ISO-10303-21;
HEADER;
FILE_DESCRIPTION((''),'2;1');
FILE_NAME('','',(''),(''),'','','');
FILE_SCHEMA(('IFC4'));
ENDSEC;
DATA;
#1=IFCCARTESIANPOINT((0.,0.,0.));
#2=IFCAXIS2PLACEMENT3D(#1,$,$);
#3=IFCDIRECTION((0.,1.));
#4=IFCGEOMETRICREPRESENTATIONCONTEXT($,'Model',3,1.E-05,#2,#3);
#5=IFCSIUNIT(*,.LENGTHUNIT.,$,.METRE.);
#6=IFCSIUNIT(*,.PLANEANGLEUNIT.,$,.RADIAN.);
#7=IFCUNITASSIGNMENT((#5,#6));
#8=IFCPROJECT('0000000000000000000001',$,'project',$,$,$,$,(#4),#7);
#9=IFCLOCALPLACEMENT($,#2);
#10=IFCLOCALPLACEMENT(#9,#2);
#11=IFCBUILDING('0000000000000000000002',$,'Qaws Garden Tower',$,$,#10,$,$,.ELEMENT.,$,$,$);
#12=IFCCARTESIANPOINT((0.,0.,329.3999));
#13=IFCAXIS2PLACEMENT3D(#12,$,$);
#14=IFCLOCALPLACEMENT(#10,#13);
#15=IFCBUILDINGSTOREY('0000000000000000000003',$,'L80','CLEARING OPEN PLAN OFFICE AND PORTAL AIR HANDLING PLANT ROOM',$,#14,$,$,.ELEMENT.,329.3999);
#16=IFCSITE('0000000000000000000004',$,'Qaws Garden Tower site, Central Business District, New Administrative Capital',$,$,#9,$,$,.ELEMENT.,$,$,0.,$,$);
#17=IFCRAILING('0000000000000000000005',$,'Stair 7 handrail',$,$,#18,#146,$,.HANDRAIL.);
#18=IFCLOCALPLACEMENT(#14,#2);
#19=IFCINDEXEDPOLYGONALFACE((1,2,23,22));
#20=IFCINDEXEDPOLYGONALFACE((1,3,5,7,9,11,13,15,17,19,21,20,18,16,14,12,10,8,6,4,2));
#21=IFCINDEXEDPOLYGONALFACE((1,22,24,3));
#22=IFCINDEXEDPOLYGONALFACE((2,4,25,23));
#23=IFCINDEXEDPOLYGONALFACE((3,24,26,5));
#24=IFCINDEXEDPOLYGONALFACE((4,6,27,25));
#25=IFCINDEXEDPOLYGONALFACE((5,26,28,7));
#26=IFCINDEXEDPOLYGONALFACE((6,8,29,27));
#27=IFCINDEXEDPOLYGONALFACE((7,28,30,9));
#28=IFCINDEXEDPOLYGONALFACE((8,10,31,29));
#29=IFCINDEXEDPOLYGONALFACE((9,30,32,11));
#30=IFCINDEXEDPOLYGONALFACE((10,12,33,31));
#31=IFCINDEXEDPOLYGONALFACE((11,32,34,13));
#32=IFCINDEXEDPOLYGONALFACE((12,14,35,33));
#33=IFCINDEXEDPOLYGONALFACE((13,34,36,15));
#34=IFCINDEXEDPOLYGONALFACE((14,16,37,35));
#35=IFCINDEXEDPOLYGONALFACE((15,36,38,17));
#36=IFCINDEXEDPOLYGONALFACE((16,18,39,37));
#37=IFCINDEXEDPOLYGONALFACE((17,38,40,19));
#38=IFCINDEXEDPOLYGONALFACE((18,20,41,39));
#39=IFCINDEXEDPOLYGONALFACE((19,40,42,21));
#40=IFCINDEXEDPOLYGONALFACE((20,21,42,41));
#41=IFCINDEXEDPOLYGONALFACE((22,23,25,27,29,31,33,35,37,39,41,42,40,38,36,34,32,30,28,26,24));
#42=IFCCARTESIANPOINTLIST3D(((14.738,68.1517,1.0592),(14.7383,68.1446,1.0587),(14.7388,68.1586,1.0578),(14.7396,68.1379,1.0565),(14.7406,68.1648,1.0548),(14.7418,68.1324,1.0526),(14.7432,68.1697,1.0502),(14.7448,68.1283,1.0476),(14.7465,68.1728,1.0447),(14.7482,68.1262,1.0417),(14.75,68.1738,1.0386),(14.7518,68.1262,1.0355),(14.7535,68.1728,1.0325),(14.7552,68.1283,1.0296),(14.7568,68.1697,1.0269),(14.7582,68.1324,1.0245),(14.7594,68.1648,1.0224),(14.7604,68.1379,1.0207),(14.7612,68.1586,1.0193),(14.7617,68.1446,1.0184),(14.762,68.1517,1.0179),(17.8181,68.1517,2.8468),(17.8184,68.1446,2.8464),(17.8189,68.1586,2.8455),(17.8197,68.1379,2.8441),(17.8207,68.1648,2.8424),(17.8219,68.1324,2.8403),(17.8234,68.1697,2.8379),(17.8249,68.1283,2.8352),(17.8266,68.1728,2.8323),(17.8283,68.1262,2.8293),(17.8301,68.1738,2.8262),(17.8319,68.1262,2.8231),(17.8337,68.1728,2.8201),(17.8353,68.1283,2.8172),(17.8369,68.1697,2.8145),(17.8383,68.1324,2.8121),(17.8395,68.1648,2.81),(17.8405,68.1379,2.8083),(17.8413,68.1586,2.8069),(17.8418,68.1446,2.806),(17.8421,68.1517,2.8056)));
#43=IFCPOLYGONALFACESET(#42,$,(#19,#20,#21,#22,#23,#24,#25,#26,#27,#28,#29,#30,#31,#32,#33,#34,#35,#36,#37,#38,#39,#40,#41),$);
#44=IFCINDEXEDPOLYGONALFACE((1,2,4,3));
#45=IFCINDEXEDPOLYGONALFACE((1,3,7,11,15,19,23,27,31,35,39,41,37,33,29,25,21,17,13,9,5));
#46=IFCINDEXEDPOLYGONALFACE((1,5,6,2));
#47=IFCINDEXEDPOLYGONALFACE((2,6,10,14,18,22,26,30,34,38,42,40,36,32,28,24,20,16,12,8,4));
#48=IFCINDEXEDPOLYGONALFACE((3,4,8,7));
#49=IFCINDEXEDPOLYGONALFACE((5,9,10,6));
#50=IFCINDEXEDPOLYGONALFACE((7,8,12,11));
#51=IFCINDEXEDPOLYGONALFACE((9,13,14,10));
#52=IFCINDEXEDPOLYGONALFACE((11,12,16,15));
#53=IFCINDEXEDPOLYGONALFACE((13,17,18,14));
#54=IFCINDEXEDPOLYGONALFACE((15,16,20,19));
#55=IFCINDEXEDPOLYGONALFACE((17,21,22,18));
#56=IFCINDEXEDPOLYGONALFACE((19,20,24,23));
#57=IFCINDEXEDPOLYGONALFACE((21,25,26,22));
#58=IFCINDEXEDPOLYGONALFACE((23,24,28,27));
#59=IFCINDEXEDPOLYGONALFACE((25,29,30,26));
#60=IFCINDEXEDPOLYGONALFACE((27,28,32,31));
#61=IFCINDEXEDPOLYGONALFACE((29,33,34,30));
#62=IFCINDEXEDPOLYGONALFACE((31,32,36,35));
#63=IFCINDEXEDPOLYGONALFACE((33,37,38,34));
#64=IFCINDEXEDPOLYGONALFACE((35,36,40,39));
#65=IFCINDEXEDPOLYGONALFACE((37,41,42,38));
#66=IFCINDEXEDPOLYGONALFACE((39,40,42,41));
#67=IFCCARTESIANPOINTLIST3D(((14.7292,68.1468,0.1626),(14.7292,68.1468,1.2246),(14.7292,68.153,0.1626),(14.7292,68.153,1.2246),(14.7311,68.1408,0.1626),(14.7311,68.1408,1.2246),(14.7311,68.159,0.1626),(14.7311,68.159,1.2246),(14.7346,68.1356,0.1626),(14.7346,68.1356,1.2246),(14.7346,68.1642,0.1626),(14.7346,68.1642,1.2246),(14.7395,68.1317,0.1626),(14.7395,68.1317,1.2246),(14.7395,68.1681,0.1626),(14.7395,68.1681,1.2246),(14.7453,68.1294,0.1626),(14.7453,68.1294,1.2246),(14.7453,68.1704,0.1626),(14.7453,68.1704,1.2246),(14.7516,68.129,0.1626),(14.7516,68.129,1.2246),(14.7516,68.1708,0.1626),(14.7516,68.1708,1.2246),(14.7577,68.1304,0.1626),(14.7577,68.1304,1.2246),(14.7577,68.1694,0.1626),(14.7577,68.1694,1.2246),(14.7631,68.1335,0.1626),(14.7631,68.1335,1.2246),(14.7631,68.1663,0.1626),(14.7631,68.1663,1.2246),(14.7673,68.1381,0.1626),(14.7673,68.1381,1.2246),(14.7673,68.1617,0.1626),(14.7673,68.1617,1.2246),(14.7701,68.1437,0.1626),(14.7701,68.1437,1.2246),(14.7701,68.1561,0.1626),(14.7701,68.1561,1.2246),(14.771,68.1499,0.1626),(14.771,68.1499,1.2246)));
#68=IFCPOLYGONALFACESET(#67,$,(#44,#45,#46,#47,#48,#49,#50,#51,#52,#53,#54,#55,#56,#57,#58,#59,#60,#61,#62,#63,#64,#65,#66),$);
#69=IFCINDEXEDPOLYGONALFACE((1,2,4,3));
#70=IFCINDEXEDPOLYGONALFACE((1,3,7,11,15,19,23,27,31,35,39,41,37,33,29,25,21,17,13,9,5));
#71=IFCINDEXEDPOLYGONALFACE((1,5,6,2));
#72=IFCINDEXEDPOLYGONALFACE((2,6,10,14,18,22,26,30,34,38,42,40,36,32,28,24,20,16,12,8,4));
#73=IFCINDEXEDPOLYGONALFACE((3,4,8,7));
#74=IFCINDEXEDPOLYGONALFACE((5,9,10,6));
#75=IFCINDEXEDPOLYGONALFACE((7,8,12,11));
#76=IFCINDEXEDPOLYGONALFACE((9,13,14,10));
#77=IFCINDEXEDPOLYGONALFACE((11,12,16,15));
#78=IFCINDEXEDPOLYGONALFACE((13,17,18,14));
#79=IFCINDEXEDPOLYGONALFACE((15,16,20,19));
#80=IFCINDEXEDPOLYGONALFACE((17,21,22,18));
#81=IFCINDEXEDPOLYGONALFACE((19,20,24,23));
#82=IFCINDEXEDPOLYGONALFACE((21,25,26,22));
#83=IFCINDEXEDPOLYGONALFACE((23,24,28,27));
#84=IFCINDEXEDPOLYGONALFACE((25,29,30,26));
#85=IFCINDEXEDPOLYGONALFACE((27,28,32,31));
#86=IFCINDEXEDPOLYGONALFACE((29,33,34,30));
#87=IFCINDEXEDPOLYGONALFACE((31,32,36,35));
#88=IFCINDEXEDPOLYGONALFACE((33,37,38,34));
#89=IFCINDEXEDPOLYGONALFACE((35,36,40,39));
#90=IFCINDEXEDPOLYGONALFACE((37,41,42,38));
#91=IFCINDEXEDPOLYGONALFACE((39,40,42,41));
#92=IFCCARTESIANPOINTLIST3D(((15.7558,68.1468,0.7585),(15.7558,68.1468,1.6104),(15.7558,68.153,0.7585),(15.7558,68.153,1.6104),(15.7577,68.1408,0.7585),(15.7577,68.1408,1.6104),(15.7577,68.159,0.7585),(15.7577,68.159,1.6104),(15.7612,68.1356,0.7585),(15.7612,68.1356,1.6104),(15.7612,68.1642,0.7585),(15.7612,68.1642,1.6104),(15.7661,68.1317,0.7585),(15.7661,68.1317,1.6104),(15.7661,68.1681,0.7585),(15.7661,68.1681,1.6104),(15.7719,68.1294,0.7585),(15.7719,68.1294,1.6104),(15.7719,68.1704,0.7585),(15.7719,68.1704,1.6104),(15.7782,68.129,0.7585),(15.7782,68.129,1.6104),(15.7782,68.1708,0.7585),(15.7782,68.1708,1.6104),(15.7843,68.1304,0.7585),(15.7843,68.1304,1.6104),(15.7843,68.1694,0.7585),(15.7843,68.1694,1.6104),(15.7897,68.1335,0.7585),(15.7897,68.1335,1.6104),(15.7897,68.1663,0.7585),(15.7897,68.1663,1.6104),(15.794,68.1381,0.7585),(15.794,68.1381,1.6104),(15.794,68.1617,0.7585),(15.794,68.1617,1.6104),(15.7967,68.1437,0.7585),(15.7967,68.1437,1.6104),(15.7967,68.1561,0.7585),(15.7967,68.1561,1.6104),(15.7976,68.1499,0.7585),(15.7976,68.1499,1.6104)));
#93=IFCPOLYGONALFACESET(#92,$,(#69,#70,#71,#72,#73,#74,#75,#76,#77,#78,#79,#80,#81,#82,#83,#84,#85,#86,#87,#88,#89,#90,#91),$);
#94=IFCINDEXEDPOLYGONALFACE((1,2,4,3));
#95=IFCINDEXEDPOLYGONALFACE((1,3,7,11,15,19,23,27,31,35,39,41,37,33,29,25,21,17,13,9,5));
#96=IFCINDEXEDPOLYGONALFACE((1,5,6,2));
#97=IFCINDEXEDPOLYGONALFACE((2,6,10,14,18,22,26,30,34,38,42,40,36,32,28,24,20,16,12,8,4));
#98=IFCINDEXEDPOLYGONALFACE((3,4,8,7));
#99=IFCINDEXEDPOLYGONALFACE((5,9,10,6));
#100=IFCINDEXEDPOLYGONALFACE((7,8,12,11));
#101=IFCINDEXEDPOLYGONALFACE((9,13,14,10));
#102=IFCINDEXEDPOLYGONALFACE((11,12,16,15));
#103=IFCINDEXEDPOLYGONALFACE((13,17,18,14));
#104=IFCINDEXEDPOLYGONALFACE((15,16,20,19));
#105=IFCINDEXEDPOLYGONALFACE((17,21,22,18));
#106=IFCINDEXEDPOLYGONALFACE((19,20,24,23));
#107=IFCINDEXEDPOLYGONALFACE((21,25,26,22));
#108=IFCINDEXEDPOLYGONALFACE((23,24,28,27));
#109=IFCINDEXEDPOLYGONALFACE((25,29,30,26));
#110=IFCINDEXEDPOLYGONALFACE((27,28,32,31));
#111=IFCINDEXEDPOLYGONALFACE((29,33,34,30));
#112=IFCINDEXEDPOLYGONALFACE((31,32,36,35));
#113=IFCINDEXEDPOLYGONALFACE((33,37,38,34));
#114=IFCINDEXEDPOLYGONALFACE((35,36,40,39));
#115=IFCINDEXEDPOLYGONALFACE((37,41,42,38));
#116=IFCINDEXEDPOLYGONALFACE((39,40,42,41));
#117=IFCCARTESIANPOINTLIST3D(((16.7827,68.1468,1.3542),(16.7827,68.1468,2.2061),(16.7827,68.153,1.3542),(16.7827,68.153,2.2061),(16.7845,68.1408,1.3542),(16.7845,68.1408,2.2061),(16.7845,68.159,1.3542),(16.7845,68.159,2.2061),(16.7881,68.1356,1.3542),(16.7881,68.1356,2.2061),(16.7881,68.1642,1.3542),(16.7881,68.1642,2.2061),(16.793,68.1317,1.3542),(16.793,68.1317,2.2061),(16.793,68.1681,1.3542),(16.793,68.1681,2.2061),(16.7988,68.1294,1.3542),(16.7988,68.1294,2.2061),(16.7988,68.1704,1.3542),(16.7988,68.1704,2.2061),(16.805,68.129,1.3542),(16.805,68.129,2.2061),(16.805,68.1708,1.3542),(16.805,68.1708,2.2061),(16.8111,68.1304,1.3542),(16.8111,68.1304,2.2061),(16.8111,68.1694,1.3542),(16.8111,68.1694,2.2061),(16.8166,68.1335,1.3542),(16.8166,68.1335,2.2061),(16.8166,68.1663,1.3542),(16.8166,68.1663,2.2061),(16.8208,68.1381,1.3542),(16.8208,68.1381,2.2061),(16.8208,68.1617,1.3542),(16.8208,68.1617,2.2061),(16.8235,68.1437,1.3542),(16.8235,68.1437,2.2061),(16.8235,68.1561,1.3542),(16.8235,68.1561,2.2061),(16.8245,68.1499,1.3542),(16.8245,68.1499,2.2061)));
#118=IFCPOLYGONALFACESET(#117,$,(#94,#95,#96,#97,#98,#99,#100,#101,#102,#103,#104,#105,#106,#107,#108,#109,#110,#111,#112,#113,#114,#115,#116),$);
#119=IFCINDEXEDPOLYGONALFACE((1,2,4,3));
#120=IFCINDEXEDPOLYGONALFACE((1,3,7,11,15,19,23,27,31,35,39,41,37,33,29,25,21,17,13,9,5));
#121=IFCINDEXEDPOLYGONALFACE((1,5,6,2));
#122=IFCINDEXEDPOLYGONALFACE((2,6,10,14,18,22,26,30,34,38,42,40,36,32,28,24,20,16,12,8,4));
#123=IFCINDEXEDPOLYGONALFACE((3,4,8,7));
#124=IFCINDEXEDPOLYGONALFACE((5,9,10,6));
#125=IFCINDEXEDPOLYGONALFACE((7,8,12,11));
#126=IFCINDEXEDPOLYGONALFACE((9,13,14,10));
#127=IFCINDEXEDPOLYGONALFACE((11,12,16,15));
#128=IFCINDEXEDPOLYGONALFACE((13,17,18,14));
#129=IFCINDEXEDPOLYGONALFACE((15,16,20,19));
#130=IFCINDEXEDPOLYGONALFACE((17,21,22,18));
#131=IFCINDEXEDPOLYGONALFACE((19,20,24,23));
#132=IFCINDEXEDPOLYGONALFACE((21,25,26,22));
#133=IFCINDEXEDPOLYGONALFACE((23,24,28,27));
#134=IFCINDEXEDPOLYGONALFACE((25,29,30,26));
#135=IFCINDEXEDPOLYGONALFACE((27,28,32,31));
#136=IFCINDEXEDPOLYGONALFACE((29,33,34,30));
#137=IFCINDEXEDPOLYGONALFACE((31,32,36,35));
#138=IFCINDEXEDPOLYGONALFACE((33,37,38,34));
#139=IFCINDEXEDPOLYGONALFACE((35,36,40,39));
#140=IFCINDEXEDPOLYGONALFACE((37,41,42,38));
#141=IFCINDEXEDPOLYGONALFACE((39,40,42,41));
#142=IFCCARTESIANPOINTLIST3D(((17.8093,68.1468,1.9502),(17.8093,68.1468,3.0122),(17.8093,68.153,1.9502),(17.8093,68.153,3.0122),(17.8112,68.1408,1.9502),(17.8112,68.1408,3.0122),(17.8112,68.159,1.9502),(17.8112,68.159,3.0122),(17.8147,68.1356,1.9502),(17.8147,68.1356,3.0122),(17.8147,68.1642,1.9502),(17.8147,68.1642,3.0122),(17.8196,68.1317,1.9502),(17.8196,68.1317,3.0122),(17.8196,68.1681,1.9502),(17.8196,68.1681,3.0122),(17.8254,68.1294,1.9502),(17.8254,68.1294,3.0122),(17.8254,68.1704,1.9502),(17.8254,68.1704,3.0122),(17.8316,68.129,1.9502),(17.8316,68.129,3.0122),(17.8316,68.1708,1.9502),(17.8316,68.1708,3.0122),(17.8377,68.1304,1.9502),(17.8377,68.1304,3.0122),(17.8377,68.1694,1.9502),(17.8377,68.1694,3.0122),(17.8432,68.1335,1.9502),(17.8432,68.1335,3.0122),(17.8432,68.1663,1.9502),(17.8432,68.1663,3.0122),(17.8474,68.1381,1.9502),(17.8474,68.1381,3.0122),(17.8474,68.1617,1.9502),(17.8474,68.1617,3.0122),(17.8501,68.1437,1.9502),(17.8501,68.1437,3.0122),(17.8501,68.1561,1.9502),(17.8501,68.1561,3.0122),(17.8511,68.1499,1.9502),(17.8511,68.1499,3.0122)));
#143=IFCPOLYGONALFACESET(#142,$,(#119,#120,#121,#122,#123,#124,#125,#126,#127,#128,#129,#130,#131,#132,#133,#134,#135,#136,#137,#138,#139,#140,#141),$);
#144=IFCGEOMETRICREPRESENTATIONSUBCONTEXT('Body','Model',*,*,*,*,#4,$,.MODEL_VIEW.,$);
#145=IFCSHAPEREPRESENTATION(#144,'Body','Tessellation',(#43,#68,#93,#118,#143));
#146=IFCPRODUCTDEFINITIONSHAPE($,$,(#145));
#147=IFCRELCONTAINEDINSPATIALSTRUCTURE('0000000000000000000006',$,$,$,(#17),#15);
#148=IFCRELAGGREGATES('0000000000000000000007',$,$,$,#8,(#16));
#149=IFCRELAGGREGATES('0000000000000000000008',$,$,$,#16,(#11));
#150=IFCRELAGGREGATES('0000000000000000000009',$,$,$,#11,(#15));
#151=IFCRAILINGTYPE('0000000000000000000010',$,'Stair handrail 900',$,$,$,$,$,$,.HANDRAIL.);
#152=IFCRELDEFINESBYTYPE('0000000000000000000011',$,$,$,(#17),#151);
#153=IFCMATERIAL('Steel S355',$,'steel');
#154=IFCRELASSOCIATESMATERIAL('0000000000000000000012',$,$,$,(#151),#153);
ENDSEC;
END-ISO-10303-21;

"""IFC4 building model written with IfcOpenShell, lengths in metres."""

from ifc_helpers import new_model, si_unit, direction, frame, origin, origin_2d, place, context, subcontext, project, spatial, circle, extrude, material, type_object, element, save


model = new_model("IFC4")

# Units and contexts
model_context = context("Model", 3, precision=1e-05, world=origin(), true_north=direction((0.0, 1.0)))
body_context = subcontext(model_context, "Body", "Model", "MODEL_VIEW")
ifc_project = project(units=[si_unit("LENGTHUNIT", "METRE"), si_unit("PLANEANGLEUNIT", "RADIAN")], contexts=[model_context])

# Site, building, storey
site_placement = place(None, origin())
site = spatial("IfcSite", under=ifc_project, at=site_placement, Name="Qaws Garden Tower site, Central Business District, New Administrative Capital", CompositionType="ELEMENT", RefElevation=0.0)
building_placement = place(site_placement, origin())
building = spatial("IfcBuilding", under=site, at=building_placement, Name="Qaws Garden Tower", CompositionType="ELEMENT")
storey_placement = place(building_placement, frame((0.0, 0.0, 329.3999)))
storey = spatial("IfcBuildingStorey", under=building, at=storey_placement, Name="L80", Description="CLEARING OPEN PLAN OFFICE AND PORTAL AIR HANDLING PLANT ROOM", CompositionType="ELEMENT", Elevation=329.3999)

# Railing
ifc_material_1 = material(Name="Steel S355", Category="steel")
railing_type = type_object("IfcRailingType", Name="Stair handrail 900", PredefinedType="HANDRAIL", material=ifc_material_1)
railing_1_placement = place(storey_placement, frame((14.75, 68.1499, 0.1626)))
element("IfcRailing", 1, at=railing_1_placement, inside=storey, type_object=railing_type, Name="Stair 7 handrail", PredefinedType="HANDRAIL", context=body_context, shape_type="SweptSolid", body=[
    extrude(circle(Radius=0.0239, at=origin_2d()), frame((0.0, 0.0, 0.876), z_axis=(0.864891, 0.0, 0.50196), x_axis=(0.0, 1.0, 0.0)), (0.0, 0.0, 1.0), 3.5613),
    extrude(circle(Radius=0.021, at=origin_2d()), origin(), (0.0, 0.0, 1.0), 1.062),
    extrude(circle(Radius=0.021, at=origin_2d()), frame((1.0266, 0.0, 0.5959)), (0.0, 0.0, 1.0), 0.8518),
    extrude(circle(Radius=0.021, at=origin_2d()), frame((2.0535, 0.0, 1.1917)), (0.0, 0.0, 1.0), 0.8518),
    extrude(circle(Radius=0.021, at=origin_2d()), frame((3.0801, 0.0, 1.7876)), (0.0, 0.0, 1.0), 1.062),
])

save(model, "model.ifc")
